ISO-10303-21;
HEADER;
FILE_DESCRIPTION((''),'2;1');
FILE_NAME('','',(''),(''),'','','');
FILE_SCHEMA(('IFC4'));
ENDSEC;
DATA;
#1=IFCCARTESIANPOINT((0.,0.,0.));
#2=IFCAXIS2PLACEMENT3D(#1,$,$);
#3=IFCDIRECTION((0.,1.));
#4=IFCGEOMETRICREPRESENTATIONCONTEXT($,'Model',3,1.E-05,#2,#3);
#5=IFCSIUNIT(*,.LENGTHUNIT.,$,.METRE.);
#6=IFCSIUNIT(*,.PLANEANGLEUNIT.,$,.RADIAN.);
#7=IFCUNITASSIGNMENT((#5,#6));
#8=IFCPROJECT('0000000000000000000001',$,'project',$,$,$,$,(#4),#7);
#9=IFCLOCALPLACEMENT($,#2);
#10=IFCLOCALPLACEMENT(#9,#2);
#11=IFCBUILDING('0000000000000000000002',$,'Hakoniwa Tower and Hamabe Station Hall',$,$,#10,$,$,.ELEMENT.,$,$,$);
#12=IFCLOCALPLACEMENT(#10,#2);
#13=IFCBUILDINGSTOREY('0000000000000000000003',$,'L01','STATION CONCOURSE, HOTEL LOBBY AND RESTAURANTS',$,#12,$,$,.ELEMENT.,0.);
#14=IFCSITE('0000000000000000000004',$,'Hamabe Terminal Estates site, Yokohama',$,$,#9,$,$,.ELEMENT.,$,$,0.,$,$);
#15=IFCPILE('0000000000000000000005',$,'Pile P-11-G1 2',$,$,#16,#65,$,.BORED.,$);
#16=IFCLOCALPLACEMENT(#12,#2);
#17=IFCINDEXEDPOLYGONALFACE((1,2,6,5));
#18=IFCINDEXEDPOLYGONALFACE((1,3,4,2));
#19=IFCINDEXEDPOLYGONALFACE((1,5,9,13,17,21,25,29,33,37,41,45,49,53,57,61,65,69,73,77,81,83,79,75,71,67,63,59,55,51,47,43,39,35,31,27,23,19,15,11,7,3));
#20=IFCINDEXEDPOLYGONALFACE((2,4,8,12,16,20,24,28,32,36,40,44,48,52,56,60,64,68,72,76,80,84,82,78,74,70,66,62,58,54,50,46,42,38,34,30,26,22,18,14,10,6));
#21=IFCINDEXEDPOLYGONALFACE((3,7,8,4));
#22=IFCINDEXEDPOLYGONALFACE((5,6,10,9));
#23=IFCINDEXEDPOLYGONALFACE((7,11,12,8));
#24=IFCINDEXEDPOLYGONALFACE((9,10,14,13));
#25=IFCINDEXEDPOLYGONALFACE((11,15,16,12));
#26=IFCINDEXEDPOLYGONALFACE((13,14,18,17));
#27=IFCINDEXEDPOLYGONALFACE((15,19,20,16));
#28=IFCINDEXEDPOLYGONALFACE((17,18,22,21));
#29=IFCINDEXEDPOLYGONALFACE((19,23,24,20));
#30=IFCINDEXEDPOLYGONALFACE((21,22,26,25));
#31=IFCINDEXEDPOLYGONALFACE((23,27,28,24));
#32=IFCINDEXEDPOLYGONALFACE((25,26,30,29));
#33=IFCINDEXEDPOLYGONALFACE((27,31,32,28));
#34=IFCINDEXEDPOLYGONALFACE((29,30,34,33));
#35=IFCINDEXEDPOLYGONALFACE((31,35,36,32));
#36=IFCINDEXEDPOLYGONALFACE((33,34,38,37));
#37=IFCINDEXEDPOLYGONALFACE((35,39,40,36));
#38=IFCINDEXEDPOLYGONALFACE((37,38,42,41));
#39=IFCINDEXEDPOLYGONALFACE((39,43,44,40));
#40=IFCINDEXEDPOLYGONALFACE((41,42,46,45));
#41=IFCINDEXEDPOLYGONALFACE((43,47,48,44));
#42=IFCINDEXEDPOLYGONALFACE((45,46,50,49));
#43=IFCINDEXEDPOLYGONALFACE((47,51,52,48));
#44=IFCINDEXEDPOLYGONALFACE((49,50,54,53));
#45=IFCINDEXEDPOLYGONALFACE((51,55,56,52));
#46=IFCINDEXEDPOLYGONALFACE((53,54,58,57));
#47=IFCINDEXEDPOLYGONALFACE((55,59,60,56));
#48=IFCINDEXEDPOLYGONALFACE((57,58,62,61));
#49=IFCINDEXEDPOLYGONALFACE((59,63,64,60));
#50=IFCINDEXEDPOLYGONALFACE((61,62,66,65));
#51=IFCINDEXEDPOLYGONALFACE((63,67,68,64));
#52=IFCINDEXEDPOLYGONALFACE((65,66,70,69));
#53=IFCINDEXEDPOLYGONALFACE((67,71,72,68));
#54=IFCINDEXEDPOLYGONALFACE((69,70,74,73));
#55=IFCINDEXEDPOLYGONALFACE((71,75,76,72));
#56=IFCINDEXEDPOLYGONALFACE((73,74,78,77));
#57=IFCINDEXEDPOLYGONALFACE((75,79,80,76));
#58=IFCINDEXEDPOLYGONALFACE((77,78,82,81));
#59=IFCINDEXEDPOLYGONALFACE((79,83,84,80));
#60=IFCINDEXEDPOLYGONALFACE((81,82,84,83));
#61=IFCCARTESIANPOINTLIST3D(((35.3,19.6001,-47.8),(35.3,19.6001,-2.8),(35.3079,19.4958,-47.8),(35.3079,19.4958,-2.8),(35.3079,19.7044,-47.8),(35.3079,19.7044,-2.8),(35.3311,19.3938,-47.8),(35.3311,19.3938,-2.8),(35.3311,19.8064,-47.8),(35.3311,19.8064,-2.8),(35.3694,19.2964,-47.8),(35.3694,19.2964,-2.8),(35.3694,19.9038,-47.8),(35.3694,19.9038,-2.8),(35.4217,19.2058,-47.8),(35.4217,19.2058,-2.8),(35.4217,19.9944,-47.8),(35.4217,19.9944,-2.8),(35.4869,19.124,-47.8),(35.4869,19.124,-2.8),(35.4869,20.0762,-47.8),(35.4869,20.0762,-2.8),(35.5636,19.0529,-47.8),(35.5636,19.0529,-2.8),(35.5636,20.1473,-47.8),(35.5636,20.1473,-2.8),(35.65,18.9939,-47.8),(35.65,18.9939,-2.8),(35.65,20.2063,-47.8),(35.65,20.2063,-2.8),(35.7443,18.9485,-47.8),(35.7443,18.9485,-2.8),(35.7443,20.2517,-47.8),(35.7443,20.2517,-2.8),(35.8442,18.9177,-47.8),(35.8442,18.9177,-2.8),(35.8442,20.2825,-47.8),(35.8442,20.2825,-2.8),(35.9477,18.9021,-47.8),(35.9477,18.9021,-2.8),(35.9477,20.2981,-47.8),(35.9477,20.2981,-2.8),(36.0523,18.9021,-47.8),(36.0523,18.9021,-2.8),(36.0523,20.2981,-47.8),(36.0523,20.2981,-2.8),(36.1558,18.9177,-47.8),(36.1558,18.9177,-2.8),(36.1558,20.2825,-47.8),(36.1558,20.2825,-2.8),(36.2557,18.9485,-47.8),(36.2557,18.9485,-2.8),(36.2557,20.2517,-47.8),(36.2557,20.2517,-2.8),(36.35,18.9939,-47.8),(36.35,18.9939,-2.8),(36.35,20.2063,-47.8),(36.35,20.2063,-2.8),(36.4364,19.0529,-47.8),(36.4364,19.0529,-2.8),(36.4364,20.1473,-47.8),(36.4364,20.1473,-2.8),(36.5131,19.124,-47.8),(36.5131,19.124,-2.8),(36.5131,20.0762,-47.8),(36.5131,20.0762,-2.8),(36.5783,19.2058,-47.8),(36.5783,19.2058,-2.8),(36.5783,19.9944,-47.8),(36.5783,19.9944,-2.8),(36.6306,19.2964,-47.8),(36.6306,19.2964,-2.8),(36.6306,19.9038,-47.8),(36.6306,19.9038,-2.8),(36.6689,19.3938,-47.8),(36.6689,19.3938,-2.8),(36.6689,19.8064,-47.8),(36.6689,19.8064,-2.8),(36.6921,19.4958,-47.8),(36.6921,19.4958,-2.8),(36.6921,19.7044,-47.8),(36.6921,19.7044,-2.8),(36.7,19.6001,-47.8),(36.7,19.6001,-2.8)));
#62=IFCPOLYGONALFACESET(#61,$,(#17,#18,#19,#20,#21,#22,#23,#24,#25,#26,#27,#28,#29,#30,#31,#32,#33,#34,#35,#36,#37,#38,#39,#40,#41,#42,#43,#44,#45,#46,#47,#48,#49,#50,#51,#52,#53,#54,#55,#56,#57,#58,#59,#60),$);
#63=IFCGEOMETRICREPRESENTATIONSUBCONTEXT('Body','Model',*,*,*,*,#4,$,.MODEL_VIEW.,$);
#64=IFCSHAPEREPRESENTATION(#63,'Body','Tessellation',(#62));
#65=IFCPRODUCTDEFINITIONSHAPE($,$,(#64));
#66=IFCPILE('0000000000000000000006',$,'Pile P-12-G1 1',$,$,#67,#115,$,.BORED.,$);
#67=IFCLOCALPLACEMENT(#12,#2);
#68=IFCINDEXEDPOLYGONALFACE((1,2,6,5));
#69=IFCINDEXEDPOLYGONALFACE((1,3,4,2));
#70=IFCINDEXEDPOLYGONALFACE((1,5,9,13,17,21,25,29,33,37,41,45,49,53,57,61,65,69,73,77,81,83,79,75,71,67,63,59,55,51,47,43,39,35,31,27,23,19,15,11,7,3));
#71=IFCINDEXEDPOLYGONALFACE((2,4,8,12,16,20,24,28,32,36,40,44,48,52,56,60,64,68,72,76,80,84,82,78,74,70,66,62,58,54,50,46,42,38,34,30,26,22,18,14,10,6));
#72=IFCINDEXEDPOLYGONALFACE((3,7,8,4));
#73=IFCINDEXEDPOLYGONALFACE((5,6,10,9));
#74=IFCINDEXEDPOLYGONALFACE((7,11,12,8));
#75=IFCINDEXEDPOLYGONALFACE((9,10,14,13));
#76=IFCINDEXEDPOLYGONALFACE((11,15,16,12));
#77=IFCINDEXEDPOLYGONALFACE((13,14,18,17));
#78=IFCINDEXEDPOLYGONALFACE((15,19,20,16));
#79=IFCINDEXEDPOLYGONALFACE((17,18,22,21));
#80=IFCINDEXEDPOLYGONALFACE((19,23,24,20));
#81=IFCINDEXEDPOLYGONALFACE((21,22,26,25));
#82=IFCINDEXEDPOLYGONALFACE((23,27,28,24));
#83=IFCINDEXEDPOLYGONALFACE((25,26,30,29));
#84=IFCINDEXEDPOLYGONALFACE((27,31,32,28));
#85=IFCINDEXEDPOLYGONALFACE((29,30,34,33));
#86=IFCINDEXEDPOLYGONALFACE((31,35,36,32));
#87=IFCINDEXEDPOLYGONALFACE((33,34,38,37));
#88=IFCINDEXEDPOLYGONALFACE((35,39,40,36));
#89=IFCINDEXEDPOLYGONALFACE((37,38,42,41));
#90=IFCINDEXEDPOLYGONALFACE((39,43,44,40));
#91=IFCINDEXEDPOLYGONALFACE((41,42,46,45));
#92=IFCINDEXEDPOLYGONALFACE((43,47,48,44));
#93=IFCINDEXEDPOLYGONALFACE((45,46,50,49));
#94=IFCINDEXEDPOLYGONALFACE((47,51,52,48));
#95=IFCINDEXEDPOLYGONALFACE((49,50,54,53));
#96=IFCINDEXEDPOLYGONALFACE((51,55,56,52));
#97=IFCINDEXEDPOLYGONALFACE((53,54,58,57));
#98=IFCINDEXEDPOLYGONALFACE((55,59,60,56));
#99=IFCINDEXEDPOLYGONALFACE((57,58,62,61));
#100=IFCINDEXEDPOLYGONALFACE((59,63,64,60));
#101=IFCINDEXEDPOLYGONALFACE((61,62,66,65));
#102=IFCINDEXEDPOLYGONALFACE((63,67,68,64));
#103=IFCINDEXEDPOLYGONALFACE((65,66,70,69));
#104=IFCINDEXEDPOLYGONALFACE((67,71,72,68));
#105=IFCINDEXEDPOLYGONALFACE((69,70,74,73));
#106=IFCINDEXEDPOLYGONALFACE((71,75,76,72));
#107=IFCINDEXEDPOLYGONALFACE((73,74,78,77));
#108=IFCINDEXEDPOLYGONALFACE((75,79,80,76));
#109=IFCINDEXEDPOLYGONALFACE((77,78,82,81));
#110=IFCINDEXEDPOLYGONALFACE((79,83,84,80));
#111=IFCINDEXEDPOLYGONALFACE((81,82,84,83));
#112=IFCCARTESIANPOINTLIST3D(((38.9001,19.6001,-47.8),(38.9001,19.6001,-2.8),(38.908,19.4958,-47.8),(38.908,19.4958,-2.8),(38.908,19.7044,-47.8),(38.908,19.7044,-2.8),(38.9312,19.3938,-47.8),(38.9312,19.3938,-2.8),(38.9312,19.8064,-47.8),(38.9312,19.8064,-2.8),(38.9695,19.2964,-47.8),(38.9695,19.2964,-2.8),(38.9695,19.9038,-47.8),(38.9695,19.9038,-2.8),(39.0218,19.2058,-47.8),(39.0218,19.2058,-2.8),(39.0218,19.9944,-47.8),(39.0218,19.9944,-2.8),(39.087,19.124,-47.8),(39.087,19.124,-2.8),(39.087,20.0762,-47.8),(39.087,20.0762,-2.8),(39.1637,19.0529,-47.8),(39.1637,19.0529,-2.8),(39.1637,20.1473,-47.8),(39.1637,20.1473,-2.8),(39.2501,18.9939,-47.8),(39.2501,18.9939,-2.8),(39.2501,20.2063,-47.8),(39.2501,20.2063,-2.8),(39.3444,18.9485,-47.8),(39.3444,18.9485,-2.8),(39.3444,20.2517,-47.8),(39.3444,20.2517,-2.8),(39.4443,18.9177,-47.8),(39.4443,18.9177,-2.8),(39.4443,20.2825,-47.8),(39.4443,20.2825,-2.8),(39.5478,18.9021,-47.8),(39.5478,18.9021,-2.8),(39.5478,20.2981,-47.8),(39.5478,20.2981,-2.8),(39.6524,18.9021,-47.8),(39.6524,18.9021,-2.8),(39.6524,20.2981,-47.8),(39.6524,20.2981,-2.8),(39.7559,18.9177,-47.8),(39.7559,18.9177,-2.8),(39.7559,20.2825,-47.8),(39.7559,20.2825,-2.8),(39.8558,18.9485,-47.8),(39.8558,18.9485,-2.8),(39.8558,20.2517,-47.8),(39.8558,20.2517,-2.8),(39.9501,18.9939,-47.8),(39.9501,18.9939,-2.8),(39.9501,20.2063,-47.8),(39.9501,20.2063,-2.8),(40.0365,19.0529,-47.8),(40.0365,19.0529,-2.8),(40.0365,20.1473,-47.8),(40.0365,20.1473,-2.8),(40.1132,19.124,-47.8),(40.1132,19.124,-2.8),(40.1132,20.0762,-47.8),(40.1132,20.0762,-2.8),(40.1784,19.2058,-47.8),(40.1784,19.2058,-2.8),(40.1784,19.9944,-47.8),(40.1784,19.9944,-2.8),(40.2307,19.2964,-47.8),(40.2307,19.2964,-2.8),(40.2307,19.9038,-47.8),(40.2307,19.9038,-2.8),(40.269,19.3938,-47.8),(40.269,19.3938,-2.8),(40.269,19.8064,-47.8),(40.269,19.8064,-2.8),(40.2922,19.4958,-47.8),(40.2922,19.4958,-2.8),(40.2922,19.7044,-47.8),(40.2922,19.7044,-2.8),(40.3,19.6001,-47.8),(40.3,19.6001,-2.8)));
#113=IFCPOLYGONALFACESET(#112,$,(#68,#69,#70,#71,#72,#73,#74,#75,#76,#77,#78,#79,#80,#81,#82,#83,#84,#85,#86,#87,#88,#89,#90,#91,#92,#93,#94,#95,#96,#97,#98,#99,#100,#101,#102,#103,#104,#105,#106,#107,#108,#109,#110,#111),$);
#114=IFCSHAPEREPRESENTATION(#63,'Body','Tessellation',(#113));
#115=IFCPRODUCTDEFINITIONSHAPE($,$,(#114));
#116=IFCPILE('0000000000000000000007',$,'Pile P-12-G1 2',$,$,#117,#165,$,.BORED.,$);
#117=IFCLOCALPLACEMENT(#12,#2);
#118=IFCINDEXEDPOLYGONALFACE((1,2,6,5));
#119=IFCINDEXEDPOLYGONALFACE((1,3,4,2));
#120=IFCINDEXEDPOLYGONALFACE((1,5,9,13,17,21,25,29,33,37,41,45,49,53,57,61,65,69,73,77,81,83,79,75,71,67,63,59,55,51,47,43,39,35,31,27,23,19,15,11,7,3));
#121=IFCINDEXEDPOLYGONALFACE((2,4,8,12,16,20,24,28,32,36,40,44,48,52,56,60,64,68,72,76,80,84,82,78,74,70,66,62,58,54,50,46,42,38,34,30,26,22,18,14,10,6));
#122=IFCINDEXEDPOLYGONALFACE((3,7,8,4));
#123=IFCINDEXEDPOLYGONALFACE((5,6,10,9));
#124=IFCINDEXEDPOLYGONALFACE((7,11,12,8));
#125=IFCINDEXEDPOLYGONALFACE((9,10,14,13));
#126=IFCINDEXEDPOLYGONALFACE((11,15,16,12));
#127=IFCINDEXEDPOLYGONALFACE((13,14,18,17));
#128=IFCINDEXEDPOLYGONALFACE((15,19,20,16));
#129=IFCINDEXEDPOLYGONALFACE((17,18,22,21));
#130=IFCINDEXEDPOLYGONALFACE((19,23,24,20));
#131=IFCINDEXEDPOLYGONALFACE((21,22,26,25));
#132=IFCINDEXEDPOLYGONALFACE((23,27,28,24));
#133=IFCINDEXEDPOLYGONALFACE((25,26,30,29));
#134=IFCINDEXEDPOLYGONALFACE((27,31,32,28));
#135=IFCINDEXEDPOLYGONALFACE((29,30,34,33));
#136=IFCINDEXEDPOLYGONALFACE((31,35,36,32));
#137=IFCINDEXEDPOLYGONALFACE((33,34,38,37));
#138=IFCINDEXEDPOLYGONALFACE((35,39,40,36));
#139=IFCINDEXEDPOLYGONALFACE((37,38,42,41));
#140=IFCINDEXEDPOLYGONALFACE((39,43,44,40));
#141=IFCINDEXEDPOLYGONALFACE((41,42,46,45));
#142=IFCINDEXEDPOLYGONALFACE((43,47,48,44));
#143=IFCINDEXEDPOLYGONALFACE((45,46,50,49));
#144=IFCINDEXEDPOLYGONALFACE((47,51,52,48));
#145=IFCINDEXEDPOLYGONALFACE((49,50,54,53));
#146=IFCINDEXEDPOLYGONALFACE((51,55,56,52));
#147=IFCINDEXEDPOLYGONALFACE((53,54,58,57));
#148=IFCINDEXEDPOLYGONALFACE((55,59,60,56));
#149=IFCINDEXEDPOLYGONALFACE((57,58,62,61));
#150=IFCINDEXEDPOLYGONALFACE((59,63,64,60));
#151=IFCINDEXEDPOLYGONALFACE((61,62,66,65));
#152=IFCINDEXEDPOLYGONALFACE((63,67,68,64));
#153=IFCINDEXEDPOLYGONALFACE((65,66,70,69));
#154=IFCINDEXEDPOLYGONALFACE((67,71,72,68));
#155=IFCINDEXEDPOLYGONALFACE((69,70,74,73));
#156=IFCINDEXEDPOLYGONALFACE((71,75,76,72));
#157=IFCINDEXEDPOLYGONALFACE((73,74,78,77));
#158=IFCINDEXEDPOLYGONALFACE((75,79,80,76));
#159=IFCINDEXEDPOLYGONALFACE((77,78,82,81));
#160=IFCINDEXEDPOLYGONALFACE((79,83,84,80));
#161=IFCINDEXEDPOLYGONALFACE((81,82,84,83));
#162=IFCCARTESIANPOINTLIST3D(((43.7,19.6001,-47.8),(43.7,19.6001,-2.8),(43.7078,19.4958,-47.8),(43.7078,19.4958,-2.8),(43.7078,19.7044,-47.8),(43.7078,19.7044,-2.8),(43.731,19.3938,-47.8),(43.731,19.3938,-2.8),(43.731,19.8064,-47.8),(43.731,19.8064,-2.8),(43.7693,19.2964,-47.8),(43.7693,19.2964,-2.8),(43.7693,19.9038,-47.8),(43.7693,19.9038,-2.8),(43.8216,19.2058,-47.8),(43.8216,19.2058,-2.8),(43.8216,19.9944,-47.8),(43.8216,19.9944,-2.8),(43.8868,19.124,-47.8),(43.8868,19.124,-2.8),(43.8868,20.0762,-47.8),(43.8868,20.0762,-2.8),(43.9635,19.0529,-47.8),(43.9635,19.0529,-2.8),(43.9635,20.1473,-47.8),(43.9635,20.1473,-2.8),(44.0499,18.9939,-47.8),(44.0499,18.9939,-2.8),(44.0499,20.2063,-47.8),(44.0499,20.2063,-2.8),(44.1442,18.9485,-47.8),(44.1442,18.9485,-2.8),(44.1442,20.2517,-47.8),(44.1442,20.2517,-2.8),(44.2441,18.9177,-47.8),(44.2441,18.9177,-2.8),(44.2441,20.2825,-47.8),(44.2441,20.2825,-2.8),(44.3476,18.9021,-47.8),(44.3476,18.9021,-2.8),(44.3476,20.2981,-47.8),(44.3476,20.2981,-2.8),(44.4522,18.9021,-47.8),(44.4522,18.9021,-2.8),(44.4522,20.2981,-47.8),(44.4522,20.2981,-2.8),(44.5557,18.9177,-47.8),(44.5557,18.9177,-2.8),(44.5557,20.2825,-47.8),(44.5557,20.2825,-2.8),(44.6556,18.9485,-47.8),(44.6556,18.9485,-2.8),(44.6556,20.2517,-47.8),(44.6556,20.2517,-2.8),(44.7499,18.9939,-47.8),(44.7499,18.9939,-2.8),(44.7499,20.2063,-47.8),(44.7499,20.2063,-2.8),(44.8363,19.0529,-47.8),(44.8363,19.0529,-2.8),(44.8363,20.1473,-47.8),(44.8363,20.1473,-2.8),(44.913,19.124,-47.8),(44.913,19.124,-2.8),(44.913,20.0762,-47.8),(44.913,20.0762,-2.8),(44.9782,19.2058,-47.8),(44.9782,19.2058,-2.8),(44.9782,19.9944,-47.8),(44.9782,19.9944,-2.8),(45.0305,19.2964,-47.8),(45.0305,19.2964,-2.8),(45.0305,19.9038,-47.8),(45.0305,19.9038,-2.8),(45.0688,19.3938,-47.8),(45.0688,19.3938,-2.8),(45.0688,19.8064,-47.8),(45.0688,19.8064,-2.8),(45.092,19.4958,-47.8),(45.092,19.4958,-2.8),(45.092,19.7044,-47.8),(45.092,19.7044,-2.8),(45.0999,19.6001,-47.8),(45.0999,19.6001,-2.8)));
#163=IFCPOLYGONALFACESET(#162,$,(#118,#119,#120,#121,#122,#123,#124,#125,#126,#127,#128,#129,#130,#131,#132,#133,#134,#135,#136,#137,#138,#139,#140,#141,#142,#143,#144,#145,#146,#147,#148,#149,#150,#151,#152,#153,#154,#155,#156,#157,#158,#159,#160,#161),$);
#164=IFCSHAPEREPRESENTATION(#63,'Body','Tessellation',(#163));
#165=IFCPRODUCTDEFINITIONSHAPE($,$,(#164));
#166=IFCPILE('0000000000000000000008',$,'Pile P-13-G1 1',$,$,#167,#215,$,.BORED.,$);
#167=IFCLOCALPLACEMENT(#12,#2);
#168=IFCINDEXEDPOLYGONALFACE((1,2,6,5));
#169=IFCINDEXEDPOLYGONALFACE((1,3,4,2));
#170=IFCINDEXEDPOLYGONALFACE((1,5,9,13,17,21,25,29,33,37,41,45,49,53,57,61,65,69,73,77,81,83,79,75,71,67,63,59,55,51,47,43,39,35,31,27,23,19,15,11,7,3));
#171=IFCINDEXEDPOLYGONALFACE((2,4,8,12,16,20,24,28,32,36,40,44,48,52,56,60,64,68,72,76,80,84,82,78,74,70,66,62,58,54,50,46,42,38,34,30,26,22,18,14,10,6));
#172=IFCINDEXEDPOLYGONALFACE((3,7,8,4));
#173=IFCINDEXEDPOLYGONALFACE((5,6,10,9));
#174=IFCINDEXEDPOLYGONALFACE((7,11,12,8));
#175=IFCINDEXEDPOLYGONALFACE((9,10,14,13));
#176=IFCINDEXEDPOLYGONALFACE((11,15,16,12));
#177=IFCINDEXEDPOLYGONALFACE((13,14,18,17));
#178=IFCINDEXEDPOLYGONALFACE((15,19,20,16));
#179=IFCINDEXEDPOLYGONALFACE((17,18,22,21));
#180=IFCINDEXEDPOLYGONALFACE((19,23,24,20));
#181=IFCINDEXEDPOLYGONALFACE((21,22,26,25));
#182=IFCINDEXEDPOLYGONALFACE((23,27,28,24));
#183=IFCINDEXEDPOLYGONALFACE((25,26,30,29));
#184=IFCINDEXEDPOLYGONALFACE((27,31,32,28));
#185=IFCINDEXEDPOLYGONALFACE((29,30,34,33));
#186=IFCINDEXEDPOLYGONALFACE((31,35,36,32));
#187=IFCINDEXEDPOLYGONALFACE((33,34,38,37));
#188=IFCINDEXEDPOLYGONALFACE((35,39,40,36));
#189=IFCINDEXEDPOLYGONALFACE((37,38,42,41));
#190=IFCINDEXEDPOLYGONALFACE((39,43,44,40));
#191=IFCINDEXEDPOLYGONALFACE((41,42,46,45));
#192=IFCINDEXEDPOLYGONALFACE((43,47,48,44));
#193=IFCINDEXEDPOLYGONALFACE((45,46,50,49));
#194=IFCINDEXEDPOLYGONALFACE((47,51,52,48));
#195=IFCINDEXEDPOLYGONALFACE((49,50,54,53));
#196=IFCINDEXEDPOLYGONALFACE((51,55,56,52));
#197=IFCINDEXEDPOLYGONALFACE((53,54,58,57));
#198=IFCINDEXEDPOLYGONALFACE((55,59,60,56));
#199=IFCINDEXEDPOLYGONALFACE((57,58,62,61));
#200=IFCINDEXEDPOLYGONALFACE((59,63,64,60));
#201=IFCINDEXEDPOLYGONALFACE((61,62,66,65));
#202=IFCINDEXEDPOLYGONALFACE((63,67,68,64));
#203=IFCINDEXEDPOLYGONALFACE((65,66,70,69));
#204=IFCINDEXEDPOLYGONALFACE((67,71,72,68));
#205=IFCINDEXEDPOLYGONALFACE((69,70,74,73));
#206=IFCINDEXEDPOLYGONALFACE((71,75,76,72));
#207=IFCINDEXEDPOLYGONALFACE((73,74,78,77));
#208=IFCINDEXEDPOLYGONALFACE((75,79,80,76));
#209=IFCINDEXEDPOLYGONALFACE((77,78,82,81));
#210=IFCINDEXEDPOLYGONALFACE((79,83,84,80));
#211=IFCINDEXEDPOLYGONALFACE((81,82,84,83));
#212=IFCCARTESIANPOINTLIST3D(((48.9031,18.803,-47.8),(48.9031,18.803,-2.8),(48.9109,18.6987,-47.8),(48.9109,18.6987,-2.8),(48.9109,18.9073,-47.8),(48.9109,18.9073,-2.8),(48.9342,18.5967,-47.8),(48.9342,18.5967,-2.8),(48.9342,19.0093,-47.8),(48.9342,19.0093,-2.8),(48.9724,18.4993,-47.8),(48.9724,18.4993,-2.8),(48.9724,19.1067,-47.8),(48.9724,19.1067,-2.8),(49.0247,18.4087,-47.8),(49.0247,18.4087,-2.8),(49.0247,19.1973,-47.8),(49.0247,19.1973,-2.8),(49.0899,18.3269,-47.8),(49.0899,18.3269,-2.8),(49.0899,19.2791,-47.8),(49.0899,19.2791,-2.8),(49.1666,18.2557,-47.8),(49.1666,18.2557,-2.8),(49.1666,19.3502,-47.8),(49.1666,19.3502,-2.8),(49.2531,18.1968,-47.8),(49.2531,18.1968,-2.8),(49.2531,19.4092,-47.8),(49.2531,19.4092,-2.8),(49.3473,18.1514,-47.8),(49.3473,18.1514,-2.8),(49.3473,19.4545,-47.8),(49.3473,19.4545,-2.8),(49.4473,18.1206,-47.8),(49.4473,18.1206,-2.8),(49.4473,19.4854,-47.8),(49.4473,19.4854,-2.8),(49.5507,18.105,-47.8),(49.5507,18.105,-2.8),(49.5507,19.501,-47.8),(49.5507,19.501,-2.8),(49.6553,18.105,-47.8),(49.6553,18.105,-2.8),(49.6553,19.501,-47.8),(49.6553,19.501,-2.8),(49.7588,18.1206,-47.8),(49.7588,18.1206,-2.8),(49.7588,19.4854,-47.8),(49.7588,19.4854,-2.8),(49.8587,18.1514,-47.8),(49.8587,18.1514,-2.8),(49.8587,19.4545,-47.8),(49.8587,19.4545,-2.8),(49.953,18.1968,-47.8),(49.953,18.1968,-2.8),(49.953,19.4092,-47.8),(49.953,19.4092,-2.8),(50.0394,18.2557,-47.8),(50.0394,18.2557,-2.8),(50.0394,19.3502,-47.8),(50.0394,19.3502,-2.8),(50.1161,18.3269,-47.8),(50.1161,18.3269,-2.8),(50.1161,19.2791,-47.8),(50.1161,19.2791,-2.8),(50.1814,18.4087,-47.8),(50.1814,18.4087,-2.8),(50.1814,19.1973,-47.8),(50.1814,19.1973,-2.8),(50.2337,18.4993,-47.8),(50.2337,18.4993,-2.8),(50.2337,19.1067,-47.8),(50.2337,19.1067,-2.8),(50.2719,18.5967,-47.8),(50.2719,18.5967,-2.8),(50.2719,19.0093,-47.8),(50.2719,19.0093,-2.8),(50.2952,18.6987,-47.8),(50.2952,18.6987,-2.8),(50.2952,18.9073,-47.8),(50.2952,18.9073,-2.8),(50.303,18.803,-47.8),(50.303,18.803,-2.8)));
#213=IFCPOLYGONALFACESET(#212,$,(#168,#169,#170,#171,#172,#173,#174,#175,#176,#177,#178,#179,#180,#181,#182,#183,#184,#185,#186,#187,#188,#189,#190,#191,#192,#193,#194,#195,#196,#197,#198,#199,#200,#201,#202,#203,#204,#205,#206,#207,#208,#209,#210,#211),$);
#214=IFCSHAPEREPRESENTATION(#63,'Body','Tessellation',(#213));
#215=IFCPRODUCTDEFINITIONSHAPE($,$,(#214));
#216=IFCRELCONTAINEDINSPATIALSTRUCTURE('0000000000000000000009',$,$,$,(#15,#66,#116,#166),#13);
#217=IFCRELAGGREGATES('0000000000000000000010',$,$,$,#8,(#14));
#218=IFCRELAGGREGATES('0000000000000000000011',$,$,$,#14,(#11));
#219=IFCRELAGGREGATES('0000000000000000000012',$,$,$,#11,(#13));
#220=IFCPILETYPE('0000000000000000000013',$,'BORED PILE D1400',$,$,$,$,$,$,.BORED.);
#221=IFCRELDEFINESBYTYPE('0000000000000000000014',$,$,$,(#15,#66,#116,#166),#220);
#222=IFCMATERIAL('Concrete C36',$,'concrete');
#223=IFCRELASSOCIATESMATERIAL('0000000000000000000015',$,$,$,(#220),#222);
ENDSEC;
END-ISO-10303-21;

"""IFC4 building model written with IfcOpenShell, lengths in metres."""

from ifc_helpers import new_model, si_unit, direction, frame, origin, origin_2d, place, context, subcontext, project, spatial, circle, extrude, material, material_profile, profile_set, type_object, element, save


model = new_model("IFC4")

# Units and contexts
model_context = context("Model", 3, precision=1e-05, world=origin(), true_north=direction((0.0, 1.0)))
body_context = subcontext(model_context, "Body", "Model", "MODEL_VIEW")
ifc_project = project(units=[si_unit("LENGTHUNIT", "METRE"), si_unit("PLANEANGLEUNIT", "RADIAN")], contexts=[model_context])

# Site, building, storey
site_placement = place(None, origin())
site = spatial("IfcSite", under=ifc_project, at=site_placement, Name="Hamabe Terminal Estates site, Yokohama", CompositionType="ELEMENT", RefElevation=0.0)
building_placement = place(site_placement, origin())
building = spatial("IfcBuilding", under=site, at=building_placement, Name="Hakoniwa Tower and Hamabe Station Hall", CompositionType="ELEMENT")
storey_placement = place(building_placement, origin())
storey = spatial("IfcBuildingStorey", under=building, at=storey_placement, Name="L01", Description="STATION CONCOURSE, HOTEL LOBBY AND RESTAURANTS", CompositionType="ELEMENT", Elevation=0.0)

# Piles
ifc_material_1 = material(Name="Concrete C36", Category="concrete")
ifc_material_profile_1 = material_profile(ifc_material_1, circle(Radius=0.7, at=origin_2d()), Name="BORED PILE D1400")
ifc_profile_set_1 = profile_set([ifc_material_profile_1], Name="Concrete C36")
pile_type = type_object("IfcPileType", Name="BORED PILE D1400", PredefinedType="BORED", material=ifc_profile_set_1)
for number, where, z_axis, x_axis, name in (
    (1, (36.0, 19.6001, -2.8), (0.0, 0.0, -1.0), (1.0, 0.0, 0.0), "Pile P-11-G1 2"),
    (2, (39.6001, 19.6001, -2.8), (0.0, 0.0, -1.0), (1.0, 0.0, 0.0), "Pile P-12-G1 1"),
    (3, (44.3999, 19.6001, -2.8), (0.0, 0.0, -1.0), (1.0, 0.0, 0.0), "Pile P-12-G1 2"),
    (4, (49.603, 18.803, -2.8), (0.0, 0.0, -1.0), (1.0, 0.0, 0.0), "Pile P-13-G1 1"),
):
    element("IfcPile", number, at=place(storey_placement, frame(where, z_axis=z_axis, x_axis=x_axis)), inside=storey, type_object=pile_type, Name=name, PredefinedType="BORED", context=body_context, shape_type="SweptSolid", body=[
        extrude(circle(Radius=0.7, at=origin_2d()), origin(), (0.0, 0.0, 1.0), 45.0),
    ])

save(model, "model.ifc")
